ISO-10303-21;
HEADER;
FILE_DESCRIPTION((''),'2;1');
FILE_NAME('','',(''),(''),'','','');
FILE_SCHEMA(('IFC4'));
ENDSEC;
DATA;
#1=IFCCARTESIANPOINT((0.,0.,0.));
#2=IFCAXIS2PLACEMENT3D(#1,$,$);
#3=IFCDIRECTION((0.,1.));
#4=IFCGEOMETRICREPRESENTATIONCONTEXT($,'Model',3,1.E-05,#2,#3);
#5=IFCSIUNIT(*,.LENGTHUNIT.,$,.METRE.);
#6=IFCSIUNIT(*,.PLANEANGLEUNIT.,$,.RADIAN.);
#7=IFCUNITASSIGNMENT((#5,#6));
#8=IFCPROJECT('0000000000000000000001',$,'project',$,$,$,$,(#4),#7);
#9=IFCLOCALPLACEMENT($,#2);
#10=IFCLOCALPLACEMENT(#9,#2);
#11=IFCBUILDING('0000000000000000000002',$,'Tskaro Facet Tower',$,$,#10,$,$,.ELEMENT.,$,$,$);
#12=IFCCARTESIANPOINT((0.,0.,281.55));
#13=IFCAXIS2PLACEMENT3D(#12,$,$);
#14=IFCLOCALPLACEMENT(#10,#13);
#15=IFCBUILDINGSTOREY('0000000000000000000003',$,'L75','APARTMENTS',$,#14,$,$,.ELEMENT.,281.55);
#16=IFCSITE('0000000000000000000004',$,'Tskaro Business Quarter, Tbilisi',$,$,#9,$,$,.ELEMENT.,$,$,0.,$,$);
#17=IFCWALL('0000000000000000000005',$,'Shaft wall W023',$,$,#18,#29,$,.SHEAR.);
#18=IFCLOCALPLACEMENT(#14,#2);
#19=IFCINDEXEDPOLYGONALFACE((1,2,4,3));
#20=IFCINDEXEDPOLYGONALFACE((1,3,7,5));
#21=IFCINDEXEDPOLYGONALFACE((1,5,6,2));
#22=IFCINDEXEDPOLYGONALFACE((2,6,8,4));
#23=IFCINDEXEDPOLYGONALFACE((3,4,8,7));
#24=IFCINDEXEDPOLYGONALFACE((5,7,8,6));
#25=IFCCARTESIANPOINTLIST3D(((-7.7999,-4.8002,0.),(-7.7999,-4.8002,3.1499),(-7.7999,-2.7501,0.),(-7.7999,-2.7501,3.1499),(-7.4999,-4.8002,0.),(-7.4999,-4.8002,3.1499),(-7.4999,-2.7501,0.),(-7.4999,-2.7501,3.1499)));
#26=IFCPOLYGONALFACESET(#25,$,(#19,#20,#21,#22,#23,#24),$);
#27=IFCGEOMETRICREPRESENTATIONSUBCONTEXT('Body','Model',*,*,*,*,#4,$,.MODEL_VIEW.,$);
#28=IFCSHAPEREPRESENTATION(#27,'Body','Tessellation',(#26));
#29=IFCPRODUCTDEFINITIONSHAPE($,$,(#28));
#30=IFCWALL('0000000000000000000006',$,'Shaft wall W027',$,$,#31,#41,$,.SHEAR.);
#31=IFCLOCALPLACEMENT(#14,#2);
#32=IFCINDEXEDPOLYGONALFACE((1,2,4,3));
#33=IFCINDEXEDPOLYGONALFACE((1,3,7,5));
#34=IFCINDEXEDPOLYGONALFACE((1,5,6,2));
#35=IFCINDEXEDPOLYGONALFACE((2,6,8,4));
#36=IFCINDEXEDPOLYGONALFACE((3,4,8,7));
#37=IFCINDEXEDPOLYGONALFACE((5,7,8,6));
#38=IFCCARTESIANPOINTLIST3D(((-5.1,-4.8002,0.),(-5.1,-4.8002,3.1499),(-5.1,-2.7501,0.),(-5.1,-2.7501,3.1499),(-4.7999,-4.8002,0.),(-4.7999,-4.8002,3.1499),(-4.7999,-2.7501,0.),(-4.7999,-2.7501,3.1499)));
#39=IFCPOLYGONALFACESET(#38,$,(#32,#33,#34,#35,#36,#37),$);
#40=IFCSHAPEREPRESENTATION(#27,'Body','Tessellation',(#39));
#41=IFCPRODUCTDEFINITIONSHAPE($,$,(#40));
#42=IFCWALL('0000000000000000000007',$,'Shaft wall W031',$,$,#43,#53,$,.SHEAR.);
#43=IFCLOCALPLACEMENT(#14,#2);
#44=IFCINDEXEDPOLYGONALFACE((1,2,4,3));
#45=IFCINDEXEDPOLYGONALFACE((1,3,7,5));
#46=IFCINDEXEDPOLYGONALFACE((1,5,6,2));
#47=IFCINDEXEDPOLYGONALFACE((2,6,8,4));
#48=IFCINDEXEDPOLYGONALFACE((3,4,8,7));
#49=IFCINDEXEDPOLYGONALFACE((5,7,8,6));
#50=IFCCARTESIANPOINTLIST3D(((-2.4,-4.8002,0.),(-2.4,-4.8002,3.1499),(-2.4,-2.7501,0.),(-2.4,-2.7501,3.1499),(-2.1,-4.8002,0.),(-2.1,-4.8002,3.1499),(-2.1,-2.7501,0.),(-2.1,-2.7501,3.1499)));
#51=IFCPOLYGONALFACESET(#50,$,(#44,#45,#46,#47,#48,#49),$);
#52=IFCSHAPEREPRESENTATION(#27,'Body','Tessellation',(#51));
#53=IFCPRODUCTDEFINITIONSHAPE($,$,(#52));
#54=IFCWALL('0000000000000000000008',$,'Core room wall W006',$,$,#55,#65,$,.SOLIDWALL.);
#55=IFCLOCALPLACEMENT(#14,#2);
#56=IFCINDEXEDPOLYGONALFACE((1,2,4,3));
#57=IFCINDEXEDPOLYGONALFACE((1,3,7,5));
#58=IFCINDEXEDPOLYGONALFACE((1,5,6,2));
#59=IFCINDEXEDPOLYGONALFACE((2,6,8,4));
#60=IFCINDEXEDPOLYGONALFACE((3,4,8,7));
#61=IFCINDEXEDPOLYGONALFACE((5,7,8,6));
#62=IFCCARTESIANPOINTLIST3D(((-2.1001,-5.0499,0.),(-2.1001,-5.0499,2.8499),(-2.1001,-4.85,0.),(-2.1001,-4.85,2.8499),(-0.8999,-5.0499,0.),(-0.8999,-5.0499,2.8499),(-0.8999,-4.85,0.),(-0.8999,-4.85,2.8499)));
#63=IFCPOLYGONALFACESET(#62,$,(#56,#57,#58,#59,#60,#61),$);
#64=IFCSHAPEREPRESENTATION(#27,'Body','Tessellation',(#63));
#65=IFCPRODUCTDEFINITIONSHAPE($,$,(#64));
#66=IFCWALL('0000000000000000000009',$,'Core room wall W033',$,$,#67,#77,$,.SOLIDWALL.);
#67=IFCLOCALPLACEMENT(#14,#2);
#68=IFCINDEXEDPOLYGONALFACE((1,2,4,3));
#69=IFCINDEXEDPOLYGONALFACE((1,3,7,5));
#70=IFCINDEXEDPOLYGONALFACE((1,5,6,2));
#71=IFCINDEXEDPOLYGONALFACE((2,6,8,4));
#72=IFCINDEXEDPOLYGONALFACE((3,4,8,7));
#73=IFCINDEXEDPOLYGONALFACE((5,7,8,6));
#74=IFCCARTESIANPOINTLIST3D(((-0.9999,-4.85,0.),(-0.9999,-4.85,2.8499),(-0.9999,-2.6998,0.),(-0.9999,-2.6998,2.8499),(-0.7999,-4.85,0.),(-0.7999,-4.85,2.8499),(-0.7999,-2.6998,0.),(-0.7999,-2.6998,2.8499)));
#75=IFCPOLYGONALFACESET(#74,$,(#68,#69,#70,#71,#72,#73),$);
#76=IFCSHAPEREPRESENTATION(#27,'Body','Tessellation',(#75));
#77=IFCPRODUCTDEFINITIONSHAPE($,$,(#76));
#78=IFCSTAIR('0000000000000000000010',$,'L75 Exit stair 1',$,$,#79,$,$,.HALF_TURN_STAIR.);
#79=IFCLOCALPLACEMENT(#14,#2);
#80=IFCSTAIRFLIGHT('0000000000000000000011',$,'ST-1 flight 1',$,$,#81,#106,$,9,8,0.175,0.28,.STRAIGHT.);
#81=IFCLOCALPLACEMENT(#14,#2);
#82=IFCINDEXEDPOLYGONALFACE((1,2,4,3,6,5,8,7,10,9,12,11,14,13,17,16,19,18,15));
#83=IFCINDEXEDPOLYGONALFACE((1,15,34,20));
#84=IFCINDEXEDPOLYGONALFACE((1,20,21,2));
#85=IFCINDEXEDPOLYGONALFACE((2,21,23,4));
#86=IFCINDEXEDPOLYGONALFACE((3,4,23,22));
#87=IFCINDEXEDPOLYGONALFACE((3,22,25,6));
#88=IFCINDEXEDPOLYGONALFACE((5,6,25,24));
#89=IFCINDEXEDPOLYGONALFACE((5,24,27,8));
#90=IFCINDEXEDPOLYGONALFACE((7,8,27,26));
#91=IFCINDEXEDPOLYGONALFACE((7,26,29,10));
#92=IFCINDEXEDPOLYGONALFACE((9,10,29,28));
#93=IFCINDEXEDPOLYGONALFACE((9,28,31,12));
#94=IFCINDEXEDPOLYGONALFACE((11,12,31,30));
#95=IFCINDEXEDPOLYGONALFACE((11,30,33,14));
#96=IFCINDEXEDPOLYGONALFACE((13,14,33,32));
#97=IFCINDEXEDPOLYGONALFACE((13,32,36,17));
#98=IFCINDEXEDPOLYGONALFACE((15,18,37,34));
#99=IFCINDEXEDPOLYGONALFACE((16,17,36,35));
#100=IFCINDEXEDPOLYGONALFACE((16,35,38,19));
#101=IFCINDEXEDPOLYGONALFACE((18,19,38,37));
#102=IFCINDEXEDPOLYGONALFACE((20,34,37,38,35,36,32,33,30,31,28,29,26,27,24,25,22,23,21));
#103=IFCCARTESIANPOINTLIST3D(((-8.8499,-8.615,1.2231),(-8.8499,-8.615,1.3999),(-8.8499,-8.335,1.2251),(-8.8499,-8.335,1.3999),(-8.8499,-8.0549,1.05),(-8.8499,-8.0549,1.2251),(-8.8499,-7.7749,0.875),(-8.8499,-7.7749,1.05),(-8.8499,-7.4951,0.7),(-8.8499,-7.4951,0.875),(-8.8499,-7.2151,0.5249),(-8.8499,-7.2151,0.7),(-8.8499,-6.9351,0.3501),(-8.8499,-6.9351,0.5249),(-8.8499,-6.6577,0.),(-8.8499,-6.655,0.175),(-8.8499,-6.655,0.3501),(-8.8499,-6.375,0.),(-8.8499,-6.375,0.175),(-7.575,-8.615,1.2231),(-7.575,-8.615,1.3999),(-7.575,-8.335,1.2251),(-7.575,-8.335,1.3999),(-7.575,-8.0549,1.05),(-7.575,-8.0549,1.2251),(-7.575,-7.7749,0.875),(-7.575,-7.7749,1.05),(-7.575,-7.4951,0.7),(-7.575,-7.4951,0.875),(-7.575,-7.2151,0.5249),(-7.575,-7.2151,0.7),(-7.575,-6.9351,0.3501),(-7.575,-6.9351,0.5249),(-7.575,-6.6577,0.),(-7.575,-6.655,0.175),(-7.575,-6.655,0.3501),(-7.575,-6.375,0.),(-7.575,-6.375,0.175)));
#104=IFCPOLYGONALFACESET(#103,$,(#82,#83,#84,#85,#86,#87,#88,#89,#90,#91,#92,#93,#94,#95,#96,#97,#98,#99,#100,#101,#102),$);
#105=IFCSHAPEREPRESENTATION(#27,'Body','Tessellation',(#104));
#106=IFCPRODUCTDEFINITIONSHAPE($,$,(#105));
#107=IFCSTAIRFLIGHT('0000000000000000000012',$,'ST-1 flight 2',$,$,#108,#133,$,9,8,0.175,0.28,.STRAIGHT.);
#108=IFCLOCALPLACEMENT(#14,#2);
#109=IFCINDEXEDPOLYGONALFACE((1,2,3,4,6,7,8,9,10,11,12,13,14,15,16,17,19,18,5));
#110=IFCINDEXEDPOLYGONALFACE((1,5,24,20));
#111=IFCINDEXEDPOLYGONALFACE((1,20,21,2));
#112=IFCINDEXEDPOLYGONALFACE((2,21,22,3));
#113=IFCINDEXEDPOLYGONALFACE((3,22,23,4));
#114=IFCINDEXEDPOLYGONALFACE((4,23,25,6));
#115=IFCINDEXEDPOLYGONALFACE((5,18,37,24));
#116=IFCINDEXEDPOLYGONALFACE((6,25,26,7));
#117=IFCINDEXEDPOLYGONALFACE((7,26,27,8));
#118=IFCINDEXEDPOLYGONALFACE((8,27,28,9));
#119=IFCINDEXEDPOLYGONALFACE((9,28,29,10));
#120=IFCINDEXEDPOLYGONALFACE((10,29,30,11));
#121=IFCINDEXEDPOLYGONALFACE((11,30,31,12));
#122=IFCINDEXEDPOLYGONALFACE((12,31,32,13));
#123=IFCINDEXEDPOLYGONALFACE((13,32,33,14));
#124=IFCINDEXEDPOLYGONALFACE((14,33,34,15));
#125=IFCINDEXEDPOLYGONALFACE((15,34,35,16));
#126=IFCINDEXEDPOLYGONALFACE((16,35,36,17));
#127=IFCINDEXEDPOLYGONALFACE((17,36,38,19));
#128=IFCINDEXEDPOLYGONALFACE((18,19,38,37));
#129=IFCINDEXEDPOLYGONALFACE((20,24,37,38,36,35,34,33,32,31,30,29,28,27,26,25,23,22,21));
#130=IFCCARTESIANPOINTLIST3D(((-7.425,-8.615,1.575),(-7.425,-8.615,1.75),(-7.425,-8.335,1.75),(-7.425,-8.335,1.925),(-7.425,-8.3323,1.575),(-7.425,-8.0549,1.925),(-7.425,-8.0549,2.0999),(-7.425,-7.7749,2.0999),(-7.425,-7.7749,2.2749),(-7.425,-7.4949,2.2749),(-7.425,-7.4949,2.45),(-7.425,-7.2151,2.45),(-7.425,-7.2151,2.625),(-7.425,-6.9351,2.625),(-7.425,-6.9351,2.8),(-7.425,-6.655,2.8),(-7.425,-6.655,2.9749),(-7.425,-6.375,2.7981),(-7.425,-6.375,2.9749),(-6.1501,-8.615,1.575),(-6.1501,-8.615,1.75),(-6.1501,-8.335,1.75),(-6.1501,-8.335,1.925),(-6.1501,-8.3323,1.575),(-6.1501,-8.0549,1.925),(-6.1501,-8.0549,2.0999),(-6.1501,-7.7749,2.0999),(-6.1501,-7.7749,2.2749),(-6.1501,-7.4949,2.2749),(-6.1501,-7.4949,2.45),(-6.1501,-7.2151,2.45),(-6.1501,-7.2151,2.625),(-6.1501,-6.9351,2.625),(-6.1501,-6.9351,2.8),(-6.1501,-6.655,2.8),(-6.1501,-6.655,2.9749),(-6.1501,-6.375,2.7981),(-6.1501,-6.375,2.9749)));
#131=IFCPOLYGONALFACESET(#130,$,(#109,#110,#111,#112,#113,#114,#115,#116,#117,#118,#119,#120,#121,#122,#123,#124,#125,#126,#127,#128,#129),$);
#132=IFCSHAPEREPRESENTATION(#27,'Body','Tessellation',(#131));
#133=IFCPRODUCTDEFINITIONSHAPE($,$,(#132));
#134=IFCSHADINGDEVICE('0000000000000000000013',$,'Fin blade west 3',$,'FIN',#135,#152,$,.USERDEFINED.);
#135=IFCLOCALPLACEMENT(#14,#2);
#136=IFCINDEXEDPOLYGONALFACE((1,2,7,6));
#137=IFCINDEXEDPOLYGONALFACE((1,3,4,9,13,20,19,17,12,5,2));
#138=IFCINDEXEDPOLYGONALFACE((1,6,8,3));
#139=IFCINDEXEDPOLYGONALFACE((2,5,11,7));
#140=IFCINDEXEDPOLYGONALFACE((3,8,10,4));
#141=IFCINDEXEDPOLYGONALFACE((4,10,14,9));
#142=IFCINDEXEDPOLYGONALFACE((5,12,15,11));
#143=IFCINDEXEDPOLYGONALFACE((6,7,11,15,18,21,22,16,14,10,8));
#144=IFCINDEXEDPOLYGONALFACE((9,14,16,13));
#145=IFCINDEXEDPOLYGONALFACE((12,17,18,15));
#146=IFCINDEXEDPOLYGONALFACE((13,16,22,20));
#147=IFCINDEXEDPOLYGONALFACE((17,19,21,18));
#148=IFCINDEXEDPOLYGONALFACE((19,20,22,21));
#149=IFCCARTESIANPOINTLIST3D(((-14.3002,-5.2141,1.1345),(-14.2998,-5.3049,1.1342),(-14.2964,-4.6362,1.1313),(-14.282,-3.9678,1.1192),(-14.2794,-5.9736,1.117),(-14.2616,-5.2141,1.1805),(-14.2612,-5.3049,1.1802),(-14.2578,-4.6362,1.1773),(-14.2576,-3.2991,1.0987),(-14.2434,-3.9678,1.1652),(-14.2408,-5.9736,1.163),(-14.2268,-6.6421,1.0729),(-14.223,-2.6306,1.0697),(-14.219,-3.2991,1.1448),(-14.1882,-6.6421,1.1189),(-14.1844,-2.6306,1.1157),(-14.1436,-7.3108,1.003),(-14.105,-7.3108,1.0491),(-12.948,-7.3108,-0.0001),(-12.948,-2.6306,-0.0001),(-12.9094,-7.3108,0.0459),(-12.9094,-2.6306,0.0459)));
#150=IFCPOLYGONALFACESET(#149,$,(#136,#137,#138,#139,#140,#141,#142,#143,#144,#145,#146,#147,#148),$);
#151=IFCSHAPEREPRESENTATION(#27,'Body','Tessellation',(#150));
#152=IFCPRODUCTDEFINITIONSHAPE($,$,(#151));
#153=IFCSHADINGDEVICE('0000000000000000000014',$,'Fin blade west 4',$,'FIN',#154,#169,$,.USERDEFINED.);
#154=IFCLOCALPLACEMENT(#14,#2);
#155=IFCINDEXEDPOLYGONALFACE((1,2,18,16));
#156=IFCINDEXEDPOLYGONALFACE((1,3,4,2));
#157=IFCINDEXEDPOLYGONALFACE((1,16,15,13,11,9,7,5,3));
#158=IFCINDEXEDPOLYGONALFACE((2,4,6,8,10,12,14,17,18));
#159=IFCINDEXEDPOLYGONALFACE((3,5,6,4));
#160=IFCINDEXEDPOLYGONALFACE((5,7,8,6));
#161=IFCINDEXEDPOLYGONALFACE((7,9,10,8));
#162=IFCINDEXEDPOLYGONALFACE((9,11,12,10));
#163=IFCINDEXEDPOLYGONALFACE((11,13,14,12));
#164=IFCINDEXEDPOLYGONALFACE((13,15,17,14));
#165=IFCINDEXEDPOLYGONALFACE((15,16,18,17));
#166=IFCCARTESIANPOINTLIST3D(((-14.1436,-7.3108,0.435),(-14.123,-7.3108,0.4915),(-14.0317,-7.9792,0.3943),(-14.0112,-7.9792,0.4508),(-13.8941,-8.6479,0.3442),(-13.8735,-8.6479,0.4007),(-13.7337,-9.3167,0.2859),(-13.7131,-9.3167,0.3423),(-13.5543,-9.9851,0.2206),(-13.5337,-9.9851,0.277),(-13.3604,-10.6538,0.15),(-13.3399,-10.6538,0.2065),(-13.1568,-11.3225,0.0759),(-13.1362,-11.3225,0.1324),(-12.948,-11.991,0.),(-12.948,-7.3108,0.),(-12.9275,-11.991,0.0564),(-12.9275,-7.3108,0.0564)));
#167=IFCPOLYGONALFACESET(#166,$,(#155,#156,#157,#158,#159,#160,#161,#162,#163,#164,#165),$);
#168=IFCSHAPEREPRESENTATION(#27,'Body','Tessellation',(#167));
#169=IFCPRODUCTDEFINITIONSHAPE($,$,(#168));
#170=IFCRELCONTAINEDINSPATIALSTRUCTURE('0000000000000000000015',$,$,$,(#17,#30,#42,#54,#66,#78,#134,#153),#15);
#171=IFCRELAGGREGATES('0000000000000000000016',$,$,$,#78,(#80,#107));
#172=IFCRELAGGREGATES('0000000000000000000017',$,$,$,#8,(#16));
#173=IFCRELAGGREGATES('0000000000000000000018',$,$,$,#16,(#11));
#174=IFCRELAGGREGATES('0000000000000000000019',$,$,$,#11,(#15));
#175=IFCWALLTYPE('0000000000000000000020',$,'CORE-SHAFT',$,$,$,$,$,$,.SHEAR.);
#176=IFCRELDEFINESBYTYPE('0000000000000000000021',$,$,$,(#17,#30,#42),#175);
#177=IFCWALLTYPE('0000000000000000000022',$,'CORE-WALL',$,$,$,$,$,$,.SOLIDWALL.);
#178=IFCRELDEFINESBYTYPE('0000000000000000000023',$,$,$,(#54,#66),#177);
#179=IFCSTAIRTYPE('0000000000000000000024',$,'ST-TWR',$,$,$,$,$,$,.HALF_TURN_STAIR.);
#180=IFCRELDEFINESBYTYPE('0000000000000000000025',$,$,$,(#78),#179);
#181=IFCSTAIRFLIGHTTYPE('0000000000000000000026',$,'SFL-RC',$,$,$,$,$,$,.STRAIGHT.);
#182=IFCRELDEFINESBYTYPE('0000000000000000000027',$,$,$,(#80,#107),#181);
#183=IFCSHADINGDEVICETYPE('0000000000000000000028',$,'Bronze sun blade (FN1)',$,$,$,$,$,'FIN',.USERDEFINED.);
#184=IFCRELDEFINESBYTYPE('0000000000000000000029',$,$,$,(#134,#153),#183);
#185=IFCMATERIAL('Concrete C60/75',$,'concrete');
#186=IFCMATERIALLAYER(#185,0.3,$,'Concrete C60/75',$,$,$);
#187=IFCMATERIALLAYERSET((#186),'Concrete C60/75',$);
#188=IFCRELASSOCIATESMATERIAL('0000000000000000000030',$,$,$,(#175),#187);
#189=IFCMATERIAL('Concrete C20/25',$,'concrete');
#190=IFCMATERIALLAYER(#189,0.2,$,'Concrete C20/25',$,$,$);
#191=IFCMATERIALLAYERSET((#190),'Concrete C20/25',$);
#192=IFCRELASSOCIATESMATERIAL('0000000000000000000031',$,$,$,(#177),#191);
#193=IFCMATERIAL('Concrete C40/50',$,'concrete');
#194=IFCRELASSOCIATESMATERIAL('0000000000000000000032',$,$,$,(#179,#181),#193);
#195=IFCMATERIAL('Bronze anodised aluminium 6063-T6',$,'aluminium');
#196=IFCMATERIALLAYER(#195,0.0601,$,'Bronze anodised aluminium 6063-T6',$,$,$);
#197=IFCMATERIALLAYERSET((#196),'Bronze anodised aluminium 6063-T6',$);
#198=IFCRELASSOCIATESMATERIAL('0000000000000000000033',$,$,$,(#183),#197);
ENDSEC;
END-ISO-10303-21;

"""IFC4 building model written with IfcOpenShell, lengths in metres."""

from ifc_helpers import new_model, si_unit, direction, frame, frame_2d, origin, place, context, subcontext, project, spatial, polyline, rectangle, outline, extrude, material, layer, layer_set, type_object, element, aggregate, save


model = new_model("IFC4")

# Units and contexts
model_context = context("Model", 3, precision=1e-05, world=origin(), true_north=direction((0.0, 1.0)))
body_context = subcontext(model_context, "Body", "Model", "MODEL_VIEW")
ifc_project = project(units=[si_unit("LENGTHUNIT", "METRE"), si_unit("PLANEANGLEUNIT", "RADIAN")], contexts=[model_context])

# Site, building, storey
site_placement = place(None, origin())
site = spatial("IfcSite", under=ifc_project, at=site_placement, Name="Tskaro Business Quarter, Tbilisi", CompositionType="ELEMENT", RefElevation=0.0)
building_placement = place(site_placement, origin())
building = spatial("IfcBuilding", under=site, at=building_placement, Name="Tskaro Facet Tower", CompositionType="ELEMENT")
storey_placement = place(building_placement, frame((0.0, 0.0, 281.55)))
storey = spatial("IfcBuildingStorey", under=building, at=storey_placement, Name="L75", Description="APARTMENTS", CompositionType="ELEMENT", Elevation=281.55)

# Shared definitions
ifc_material_1 = material(Name="Bronze anodised aluminium 6063-T6", Category="aluminium")

# Shared definitions
ifc_material_2 = material(Name="Concrete C60/75", Category="concrete")
ifc_layer_1 = layer(ifc_material_2, 0.3, Name="Concrete C60/75")
ifc_layer_set_1 = layer_set([ifc_layer_1], Name="Concrete C60/75")
wall_type_1 = type_object("IfcWallType", Name="CORE-SHAFT", PredefinedType="SHEAR", material=ifc_layer_set_1)

# Walls
for number, where, z_axis, x_axis, name in (
    (1, (-7.6499, -4.8, 0.0), (0.0, 0.0, 1.0), (0.0, 1.0, 0.0), "Shaft wall W023"),
    (2, (-4.95, -4.8, 0.0), (0.0, 0.0, 1.0), (0.0, 1.0, 0.0), "Shaft wall W027"),
    (3, (-2.25, -4.8, 0.0), (0.0, 0.0, 1.0), (0.0, 1.0, 0.0), "Shaft wall W031"),
):
    element("IfcWall", number, at=place(storey_placement, frame(where, z_axis=z_axis, x_axis=x_axis)), inside=storey, type_object=wall_type_1, Name=name, PredefinedType="SHEAR", context=body_context, shape_type="SweptSolid", body=[
        extrude(rectangle(XDim=2.05, YDim=0.3, at=frame_2d((1.0249, 0.0))), origin(), (0.0, 0.0, 1.0), 3.1499),
    ])
ifc_material_3 = material(Name="Concrete C20/25", Category="concrete")
ifc_layer_2 = layer(ifc_material_3, 0.2, Name="Concrete C20/25")
ifc_layer_set_2 = layer_set([ifc_layer_2], Name="Concrete C20/25")
wall_type_2 = type_object("IfcWallType", Name="CORE-WALL", PredefinedType="SOLIDWALL", material=ifc_layer_set_2)
wall_1_placement = place(storey_placement, frame((-2.1001, -4.95, 0.0), z_axis=(0.0, 0.0, 1.0), x_axis=(1.0, 0.0, 0.0)))
element("IfcWall", 4, at=wall_1_placement, inside=storey, type_object=wall_type_2, Name="Core room wall W006", PredefinedType="SOLIDWALL", context=body_context, shape_type="SweptSolid", body=[
    extrude(rectangle(XDim=1.2002, YDim=0.2, at=frame_2d((0.6001, 0.0))), origin(), (0.0, 0.0, 1.0), 2.8499),
])
wall_2_placement = place(storey_placement, frame((-0.8999, -4.8501, 0.0), z_axis=(0.0, 0.0, 1.0), x_axis=(0.0, 1.0, 0.0)))
element("IfcWall", 5, at=wall_2_placement, inside=storey, type_object=wall_type_2, Name="Core room wall W033", PredefinedType="SOLIDWALL", context=body_context, shape_type="SweptSolid", body=[
    extrude(rectangle(XDim=2.1501, YDim=0.2, at=frame_2d((1.0752, 0.0))), origin(), (0.0, 0.0, 1.0), 2.8499),
])

# Stair, stair flights
ifc_material_4 = material(Name="Concrete C40/50", Category="concrete")
stair_type = type_object("IfcStairType", Name="ST-TWR", PredefinedType="HALF_TURN_STAIR", material=ifc_material_4)
stair_placement = place(storey_placement, origin())
stair = element("IfcStair", 6, at=stair_placement, inside=storey, type_object=stair_type, Name="L75 Exit stair 1", PredefinedType="HALF_TURN_STAIR")
stair_flight_type = type_object("IfcStairFlightType", Name="SFL-RC", PredefinedType="STRAIGHT", material=ifc_material_4)
stair_flight_1_placement = place(storey_placement, frame((-8.2124, -6.375, 0.0), z_axis=(0.0, 0.0, 1.0), x_axis=(0.0, -1.0, 0.0)))
stair_flight_1 = element("IfcStairFlight", 7, at=stair_flight_1_placement, type_object=stair_flight_type, Name="ST-1 flight 1", NumberOfRisers=9, NumberOfTreads=8, PredefinedType="STRAIGHT", RiserHeight=0.175, TreadLength=0.28, context=body_context, shape_type="SweptSolid", body=[
    extrude(outline(polyline([(0.0, 0.0), (0.0, 0.175), (0.28, 0.175), (0.28, 0.3501), (0.5601, 0.3501), (0.5601, 0.5249), (0.8401, 0.5249), (0.8401, 0.7), (1.1201, 0.7), (1.1201, 0.875), (1.3999, 0.875), (1.3999, 1.05), (1.6799, 1.05), (1.6799, 1.2251), (1.96, 1.2251), (1.96, 1.3999), (2.24, 1.3999), (2.24, 1.575), (2.24, 1.2231), (0.2827, 0.0), (0.0, 0.0)])), frame((0.0, 0.6375, 0.0), z_axis=(0.0, -1.0, 0.0), x_axis=(1.0, 0.0, 0.0)), (0.0, 0.0, 1.0), 1.2749),
])
stair_flight_2_placement = place(storey_placement, frame((-6.7876, -8.615, 1.575), z_axis=(0.0, 0.0, 1.0), x_axis=(0.0, 1.0, 0.0)))
stair_flight_2 = element("IfcStairFlight", 8, at=stair_flight_2_placement, type_object=stair_flight_type, Name="ST-1 flight 2", NumberOfRisers=9, NumberOfTreads=8, PredefinedType="STRAIGHT", RiserHeight=0.175, TreadLength=0.28, context=body_context, shape_type="SweptSolid", body=[
    extrude(outline(polyline([(0.0, 0.0), (0.0, 0.175), (0.28, 0.175), (0.28, 0.3501), (0.5601, 0.3501), (0.5601, 0.5249), (0.8401, 0.5249), (0.8401, 0.7), (1.1201, 0.7), (1.1201, 0.875), (1.3999, 0.875), (1.3999, 1.05), (1.6799, 1.05), (1.6799, 1.2251), (1.96, 1.2251), (1.96, 1.3999), (2.24, 1.3999), (2.24, 1.575), (2.24, 1.2231), (0.2827, 0.0), (0.0, 0.0)])), frame((0.0, 0.6375, 0.0), z_axis=(0.0, -1.0, 0.0), x_axis=(1.0, 0.0, 0.0)), (0.0, 0.0, 1.0), 1.2749),
])
aggregate(stair, [stair_flight_1, stair_flight_2])

# Shading devices
ifc_layer_3 = layer(ifc_material_1, 0.0601, Name="Bronze anodised aluminium 6063-T6")
ifc_layer_set_3 = layer_set([ifc_layer_3], Name="Bronze anodised aluminium 6063-T6")
shading_device_type = type_object("IfcShadingDeviceType", Name="Bronze sun blade (FN1)", ElementType="FIN", PredefinedType="USERDEFINED", material=ifc_layer_set_3)
shading_device_1_placement = place(storey_placement, frame((-12.9094, -2.6306, 0.0459), z_axis=(0.642784, -0.000006, 0.766047), x_axis=(-0.000004, -1.0, -0.000004)))
element("IfcShadingDevice", 9, at=shading_device_1_placement, inside=storey, type_object=shading_device_type, Name="Fin blade west 3", ObjectType="FIN", PredefinedType="USERDEFINED", context=body_context, shape_type="SweptSolid", body=[
    extrude(outline(polyline([(0.0, 0.0), (4.6802, 0.0), (4.6802, -1.5607), (4.0115, -1.6693), (3.343, -1.7379), (2.6743, -1.7646), (2.5835, -1.7652), (2.0056, -1.7601), (1.3372, -1.7414), (0.6685, -1.7095), (0.0, -1.6643), (0.0, 0.0)])), origin(), (0.0, 0.0, -1.0), 0.0601),
])
shading_device_2_placement = place(storey_placement, frame((-12.9275, -7.3108, 0.0564), z_axis=(0.341969, 0.000005, 0.939711), x_axis=(0.000002, -1.0, 0.000005)))
element("IfcShadingDevice", 10, at=shading_device_2_placement, inside=storey, type_object=shading_device_type, Name="Fin blade west 4", ObjectType="FIN", PredefinedType="USERDEFINED", context=body_context, shape_type="SweptSolid", body=[
    extrude(outline(polyline([(0.0, 0.0), (4.6802, 0.0), (4.0117, -0.2221), (3.343, -0.4388), (2.6743, -0.6451), (2.0059, -0.836), (1.3372, -1.0067), (0.6685, -1.1532), (0.0, -1.2723), (0.0, 0.0)])), origin(), (0.0, 0.0, -1.0), 0.0601),
])

save(model, "model.ifc")
